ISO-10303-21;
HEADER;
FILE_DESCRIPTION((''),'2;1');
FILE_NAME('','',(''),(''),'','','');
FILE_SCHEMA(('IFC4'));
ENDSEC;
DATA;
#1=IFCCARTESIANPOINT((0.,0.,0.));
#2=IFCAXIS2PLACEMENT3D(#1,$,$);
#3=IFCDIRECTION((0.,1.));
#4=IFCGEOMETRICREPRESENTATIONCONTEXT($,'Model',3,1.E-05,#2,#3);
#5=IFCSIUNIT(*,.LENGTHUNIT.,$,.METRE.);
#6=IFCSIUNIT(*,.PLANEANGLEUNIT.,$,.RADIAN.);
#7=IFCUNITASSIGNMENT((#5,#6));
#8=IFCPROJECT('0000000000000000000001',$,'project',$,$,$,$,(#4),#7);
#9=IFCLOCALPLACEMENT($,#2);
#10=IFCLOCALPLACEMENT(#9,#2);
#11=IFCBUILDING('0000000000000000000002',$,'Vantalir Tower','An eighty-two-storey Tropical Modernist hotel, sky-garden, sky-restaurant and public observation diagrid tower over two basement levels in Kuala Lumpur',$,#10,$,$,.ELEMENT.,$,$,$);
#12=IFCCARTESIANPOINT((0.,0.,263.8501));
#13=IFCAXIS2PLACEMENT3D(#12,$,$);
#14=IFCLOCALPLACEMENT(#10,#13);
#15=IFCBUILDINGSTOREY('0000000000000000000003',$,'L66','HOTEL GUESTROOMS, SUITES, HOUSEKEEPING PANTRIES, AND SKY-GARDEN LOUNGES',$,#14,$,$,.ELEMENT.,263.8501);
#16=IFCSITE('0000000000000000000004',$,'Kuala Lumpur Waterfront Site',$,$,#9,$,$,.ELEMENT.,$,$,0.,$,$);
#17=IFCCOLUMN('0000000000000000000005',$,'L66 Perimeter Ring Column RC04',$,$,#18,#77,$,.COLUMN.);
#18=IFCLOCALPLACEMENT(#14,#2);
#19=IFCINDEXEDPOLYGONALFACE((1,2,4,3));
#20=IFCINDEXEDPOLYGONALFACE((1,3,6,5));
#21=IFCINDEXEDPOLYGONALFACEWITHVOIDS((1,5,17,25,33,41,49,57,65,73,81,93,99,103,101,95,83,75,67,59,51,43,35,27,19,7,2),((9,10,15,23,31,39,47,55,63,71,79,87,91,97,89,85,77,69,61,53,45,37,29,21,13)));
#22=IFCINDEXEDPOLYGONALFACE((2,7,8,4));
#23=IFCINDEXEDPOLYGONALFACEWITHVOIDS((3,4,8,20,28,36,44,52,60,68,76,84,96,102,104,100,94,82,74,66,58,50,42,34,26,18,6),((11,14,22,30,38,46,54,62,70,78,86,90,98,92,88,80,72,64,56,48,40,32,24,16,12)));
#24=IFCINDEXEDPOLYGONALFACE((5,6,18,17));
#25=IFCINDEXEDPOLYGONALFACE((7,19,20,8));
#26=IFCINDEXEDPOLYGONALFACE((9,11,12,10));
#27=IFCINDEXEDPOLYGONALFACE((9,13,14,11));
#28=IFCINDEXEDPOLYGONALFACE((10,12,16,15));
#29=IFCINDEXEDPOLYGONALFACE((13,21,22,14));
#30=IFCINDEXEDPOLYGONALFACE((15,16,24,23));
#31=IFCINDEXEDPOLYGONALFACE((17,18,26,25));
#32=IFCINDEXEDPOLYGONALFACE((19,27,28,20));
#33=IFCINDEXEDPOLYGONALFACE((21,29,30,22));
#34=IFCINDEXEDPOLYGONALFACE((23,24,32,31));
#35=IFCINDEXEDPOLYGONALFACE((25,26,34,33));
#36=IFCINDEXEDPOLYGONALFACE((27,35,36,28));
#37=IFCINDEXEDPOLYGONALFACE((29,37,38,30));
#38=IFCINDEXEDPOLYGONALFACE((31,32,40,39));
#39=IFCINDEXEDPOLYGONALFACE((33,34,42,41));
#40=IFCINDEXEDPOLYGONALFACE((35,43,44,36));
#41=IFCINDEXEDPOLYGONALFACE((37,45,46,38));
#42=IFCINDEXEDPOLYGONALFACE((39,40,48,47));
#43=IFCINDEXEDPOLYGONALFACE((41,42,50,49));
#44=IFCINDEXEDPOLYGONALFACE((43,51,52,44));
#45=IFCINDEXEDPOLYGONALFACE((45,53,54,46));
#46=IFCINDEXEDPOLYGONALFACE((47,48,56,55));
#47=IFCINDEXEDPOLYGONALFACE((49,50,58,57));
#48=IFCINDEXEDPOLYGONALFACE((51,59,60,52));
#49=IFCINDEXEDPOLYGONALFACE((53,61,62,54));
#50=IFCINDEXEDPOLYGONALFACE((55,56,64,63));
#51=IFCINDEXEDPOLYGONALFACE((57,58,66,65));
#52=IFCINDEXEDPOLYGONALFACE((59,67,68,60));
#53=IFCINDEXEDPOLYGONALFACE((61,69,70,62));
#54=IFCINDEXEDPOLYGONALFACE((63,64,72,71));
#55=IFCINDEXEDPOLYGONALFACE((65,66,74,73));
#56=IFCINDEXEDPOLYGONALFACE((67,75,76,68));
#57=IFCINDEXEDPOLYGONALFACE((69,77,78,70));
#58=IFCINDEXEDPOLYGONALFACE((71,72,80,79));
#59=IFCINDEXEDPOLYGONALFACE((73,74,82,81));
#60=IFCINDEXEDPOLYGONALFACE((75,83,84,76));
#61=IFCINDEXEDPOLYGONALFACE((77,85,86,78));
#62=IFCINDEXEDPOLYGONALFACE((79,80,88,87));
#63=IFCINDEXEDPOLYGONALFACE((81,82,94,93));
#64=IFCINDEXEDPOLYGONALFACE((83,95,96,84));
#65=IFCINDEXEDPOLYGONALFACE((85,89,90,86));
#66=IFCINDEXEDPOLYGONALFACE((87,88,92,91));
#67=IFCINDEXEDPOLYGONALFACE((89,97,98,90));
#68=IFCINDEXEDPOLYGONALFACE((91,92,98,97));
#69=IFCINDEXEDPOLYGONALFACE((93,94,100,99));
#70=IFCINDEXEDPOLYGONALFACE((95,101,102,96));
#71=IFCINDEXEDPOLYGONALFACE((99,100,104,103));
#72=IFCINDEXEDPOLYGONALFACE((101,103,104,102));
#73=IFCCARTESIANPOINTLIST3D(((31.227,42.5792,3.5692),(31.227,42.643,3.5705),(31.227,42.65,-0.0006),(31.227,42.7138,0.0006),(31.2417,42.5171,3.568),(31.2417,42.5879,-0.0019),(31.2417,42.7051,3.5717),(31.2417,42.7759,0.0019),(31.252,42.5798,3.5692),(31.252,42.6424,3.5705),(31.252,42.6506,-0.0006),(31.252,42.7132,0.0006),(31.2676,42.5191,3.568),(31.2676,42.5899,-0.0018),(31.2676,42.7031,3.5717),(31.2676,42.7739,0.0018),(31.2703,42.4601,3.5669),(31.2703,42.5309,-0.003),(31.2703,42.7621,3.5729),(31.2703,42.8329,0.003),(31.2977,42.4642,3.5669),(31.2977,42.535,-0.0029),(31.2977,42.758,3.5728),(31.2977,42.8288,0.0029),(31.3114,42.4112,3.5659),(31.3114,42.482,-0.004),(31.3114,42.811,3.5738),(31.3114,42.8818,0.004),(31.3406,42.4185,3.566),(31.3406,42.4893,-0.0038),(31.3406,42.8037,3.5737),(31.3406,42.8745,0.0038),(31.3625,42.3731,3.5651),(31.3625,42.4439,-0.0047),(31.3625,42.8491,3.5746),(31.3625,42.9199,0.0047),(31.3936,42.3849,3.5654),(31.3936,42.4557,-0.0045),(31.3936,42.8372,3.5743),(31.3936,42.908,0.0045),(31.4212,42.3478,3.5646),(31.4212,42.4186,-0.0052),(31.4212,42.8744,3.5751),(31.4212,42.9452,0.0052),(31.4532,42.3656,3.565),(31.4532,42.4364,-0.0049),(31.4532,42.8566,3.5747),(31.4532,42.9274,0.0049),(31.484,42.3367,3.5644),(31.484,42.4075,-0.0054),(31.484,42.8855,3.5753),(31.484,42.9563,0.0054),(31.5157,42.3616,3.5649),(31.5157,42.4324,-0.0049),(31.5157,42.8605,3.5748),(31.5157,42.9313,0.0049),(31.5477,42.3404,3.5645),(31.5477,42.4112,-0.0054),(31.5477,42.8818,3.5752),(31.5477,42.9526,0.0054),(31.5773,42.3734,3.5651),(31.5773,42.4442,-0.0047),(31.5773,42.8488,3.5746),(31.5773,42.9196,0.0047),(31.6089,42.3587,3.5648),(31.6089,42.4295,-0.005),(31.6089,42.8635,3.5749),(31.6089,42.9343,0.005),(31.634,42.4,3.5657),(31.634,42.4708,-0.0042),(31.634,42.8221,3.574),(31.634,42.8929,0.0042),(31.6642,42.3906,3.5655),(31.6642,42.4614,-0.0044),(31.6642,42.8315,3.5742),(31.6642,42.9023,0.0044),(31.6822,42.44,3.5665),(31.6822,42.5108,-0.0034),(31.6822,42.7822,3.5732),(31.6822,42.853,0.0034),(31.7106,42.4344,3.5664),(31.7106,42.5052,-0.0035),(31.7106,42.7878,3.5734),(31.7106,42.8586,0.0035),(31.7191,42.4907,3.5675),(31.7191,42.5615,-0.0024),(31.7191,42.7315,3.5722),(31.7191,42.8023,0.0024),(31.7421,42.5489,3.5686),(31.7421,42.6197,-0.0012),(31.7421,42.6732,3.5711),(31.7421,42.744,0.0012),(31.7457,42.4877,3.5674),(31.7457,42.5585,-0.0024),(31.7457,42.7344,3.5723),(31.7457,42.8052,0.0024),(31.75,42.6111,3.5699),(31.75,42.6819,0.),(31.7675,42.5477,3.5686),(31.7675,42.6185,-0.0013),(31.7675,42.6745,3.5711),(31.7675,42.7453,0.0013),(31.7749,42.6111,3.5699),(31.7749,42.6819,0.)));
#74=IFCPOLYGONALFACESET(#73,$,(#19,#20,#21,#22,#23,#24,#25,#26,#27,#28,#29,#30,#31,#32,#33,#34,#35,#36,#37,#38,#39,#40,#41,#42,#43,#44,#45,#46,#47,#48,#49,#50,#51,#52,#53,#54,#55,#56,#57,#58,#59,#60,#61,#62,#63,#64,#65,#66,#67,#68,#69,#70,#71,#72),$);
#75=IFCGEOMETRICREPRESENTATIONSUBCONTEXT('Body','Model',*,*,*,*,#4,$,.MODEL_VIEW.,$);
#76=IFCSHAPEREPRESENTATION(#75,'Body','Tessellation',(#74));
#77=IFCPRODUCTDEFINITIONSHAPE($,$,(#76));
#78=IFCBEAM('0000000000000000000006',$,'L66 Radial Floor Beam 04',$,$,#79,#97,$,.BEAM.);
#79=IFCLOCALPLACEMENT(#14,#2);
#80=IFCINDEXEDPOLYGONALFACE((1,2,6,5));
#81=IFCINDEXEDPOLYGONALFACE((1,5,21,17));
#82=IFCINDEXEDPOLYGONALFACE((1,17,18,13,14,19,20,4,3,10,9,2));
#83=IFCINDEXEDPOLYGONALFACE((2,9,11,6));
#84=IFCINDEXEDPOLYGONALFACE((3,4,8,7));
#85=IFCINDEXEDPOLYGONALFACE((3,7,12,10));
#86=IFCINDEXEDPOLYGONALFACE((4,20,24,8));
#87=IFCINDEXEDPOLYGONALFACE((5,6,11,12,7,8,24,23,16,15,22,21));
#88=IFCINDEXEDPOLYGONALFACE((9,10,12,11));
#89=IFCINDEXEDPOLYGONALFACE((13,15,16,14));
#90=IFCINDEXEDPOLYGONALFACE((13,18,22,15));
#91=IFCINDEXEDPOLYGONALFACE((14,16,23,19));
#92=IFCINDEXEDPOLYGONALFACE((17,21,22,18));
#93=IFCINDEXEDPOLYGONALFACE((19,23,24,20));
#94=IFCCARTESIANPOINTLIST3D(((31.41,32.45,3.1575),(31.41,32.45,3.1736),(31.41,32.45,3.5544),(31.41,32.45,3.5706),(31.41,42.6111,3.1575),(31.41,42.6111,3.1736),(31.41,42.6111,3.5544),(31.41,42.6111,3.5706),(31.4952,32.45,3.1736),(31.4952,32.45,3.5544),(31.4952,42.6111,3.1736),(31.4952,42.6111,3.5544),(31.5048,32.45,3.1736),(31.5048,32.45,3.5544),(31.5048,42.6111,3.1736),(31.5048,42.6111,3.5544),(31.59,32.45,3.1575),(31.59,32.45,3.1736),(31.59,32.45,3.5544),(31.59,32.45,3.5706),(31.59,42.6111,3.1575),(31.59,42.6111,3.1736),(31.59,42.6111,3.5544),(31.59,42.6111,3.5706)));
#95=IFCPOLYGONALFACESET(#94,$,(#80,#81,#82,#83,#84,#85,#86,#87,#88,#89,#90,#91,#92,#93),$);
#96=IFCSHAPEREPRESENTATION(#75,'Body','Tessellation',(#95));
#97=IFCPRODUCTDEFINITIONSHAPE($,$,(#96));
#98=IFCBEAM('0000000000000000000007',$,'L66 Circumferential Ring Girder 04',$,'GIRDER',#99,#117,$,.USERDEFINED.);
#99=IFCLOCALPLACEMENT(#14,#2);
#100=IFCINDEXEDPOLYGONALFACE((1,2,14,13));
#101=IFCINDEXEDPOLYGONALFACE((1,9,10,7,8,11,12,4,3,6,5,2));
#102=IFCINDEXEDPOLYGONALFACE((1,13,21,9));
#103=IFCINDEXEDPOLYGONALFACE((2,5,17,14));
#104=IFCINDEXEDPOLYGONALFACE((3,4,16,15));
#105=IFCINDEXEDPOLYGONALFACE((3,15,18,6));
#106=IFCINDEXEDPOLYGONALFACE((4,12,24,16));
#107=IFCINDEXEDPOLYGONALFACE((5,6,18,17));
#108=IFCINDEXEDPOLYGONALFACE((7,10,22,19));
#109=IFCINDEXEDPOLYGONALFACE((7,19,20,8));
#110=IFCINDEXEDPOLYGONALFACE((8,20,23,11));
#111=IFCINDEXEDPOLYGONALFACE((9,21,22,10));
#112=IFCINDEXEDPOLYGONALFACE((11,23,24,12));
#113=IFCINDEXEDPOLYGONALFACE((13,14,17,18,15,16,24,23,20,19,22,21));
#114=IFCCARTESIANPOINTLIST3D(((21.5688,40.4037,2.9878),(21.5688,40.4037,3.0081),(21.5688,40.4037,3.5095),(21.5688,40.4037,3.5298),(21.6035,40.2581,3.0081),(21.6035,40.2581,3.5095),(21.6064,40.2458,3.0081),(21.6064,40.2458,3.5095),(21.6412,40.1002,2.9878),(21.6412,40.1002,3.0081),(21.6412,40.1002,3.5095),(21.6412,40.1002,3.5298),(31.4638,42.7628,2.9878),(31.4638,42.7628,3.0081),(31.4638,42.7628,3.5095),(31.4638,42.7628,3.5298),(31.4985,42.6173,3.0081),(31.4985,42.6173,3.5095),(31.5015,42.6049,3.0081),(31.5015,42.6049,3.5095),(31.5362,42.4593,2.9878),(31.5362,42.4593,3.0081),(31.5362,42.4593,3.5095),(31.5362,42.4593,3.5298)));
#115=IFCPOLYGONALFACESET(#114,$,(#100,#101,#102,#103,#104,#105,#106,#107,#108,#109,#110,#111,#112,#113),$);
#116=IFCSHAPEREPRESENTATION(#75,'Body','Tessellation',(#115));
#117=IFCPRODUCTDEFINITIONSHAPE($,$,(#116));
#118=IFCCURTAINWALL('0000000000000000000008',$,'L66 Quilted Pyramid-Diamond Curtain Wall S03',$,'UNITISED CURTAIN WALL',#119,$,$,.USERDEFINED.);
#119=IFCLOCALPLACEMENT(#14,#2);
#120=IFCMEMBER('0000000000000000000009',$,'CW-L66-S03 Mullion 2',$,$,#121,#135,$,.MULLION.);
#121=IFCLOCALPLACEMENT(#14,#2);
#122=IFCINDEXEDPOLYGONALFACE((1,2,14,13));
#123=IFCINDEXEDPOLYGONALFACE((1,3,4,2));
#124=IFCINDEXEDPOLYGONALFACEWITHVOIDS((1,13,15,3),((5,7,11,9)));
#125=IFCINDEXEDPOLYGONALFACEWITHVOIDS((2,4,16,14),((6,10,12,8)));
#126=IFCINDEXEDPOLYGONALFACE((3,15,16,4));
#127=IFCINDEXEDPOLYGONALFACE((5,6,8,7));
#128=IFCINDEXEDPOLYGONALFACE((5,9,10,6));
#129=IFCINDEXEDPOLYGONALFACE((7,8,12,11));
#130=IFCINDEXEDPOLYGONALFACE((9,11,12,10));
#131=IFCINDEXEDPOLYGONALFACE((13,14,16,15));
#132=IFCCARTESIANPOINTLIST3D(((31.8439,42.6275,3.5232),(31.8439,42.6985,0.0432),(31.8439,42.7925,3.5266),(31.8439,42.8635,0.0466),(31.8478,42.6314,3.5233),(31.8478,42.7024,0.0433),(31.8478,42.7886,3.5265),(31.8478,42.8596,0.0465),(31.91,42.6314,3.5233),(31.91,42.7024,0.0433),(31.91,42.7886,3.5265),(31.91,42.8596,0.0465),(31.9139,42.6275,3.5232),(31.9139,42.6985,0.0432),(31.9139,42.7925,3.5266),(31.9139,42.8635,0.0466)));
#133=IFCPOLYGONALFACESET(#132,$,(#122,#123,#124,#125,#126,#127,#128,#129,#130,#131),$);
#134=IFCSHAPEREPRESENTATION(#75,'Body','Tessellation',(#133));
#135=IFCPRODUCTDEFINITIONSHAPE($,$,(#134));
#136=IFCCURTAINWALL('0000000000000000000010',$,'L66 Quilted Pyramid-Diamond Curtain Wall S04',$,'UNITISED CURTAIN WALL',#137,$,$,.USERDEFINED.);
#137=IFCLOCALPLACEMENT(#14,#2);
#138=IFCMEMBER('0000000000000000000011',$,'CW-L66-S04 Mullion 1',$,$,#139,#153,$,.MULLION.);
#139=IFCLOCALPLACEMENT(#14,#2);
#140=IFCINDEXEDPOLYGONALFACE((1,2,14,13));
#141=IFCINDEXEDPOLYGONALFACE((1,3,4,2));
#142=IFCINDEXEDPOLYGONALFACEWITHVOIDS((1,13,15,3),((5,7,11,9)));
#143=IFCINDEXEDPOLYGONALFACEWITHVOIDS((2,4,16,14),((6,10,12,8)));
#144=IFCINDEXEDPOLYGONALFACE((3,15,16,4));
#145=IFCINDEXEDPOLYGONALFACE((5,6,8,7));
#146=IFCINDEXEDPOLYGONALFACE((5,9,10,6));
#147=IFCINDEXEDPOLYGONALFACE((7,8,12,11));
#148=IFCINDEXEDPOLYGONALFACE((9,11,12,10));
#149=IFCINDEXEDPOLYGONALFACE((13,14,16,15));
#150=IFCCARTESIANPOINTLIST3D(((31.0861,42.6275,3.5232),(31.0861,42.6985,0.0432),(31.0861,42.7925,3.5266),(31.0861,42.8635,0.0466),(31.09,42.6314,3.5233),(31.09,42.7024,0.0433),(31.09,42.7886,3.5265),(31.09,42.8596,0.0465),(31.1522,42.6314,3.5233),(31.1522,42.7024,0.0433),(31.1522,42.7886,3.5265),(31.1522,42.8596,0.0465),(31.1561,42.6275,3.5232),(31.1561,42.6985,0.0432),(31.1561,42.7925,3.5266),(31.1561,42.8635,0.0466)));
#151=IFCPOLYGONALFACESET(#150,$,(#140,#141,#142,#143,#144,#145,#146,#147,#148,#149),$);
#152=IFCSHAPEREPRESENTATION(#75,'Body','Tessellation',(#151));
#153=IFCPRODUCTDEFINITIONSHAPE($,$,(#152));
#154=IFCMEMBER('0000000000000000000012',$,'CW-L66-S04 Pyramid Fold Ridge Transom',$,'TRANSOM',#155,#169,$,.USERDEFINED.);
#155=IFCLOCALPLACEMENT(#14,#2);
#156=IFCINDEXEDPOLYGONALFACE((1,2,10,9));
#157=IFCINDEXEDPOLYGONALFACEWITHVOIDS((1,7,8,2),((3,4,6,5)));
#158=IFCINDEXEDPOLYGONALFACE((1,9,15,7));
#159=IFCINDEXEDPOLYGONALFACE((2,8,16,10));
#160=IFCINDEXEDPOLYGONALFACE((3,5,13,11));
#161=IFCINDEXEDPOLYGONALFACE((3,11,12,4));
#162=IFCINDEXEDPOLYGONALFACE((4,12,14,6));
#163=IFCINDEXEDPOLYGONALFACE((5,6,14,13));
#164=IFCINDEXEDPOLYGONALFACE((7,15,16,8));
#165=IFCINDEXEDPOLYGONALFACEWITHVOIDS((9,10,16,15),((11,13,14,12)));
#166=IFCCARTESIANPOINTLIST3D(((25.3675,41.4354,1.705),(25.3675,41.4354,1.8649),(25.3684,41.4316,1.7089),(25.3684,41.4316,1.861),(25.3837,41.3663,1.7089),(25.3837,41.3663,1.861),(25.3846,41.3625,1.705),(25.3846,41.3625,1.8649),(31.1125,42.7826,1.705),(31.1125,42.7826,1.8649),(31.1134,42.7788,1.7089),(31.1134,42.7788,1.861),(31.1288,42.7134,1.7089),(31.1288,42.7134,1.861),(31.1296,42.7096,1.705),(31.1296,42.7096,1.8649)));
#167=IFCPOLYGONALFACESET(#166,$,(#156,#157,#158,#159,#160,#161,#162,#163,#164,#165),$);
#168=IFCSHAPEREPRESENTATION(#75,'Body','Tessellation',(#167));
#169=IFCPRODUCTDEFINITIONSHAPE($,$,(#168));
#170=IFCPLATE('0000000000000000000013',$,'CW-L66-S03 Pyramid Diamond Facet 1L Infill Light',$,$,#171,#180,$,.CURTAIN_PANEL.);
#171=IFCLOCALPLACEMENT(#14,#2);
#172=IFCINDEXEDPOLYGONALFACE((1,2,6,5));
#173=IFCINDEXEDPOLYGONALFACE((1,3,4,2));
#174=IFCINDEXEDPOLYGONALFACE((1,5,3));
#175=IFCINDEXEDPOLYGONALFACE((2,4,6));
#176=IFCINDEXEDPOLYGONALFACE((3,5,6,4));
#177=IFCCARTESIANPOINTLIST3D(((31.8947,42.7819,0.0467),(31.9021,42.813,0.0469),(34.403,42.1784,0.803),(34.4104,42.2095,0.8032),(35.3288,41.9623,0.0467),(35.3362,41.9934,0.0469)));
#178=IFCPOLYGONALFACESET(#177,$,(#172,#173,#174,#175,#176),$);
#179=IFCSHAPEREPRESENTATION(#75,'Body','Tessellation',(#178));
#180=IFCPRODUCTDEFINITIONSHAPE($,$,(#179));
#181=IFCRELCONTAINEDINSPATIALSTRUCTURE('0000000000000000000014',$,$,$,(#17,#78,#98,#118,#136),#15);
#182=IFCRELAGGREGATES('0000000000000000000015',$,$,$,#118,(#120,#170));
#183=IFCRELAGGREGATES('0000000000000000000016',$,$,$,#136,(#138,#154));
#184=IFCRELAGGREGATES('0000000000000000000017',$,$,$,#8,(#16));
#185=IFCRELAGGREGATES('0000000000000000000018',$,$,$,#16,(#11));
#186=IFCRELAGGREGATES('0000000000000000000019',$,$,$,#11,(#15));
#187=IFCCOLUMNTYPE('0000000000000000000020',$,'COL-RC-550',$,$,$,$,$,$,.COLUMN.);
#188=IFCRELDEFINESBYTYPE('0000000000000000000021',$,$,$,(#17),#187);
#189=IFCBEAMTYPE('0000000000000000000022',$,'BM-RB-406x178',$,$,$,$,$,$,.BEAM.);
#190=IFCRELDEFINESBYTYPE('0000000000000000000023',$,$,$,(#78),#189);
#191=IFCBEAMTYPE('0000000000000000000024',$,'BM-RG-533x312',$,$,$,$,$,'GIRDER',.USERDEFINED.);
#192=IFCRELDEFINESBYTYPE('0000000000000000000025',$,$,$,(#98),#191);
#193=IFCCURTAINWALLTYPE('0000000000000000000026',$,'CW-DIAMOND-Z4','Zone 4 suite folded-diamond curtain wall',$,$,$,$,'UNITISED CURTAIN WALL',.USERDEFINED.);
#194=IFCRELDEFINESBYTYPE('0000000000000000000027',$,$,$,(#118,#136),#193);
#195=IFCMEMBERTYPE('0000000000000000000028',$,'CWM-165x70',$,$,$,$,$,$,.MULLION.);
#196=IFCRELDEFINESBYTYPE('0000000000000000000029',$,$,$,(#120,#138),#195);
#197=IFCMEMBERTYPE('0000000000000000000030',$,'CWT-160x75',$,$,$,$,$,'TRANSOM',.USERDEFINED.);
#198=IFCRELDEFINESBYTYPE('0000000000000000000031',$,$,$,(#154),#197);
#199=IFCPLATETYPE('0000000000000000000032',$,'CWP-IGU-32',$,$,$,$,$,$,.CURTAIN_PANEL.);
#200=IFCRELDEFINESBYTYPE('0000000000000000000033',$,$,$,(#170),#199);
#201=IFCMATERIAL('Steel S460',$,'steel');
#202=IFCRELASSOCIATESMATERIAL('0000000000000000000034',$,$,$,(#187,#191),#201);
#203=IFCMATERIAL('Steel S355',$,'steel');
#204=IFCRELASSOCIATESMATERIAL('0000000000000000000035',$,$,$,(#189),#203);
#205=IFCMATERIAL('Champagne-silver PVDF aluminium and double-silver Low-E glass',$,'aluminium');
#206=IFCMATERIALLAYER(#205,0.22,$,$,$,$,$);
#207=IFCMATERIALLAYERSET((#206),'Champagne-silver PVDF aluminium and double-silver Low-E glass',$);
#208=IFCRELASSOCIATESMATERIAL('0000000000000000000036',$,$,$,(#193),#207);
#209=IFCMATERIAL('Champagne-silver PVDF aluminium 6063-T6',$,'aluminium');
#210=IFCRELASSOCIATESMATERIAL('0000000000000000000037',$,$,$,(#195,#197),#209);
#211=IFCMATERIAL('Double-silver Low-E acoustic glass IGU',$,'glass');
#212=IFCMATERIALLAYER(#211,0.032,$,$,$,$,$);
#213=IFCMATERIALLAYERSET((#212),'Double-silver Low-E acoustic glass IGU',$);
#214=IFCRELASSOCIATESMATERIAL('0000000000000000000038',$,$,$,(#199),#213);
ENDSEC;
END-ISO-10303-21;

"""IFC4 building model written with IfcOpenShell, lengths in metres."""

from ifc_helpers import new_model, si_unit, direction, frame, origin, origin_2d, place, context, subcontext, project, spatial, polyline, hollow_rectangle, hollow_circle, i_section, outline, extrude, material, layer, layer_set, material_profile, profile_set, type_object, element, aggregate, save


model = new_model("IFC4")

# Units and contexts
model_context = context("Model", 3, precision=1e-05, world=origin(), true_north=direction((0.0, 1.0)))
body_context = subcontext(model_context, "Body", "Model", "MODEL_VIEW")
ifc_project = project(units=[si_unit("LENGTHUNIT", "METRE"), si_unit("PLANEANGLEUNIT", "RADIAN")], contexts=[model_context])

# Site, building, storey
site_placement = place(None, origin())
site = spatial("IfcSite", under=ifc_project, at=site_placement, Name="Kuala Lumpur Waterfront Site", CompositionType="ELEMENT", RefElevation=0.0)
building_placement = place(site_placement, origin())
building = spatial("IfcBuilding", under=site, at=building_placement, Name="Vantalir Tower", Description="An eighty-two-storey Tropical Modernist hotel, sky-garden, sky-restaurant and public observation diagrid tower over two basement levels in Kuala Lumpur", CompositionType="ELEMENT")
storey_placement = place(building_placement, frame((0.0, 0.0, 263.8501)))
storey = spatial("IfcBuildingStorey", under=building, at=storey_placement, Name="L66", Description="HOTEL GUESTROOMS, SUITES, HOUSEKEEPING PANTRIES, AND SKY-GARDEN LOUNGES", CompositionType="ELEMENT", Elevation=263.8501)

# Column
ifc_material_1 = material(Name="Steel S460", Category="steel")
ifc_material_profile_1 = material_profile(ifc_material_1, hollow_circle(Radius=0.2749, WallThickness=0.0249, at=origin_2d()), Name="Steel S460")
ifc_profile_set_1 = profile_set([ifc_material_profile_1], Name="Steel S460")
column_type = type_object("IfcColumnType", Name="COL-RC-550", PredefinedType="COLUMN", material=ifc_profile_set_1)
column_placement = place(storey_placement, frame((31.5, 42.6819, 0.0), z_axis=(0.0, -0.019829, 0.999803), x_axis=(1.0, 0.0, 0.0)))
element("IfcColumn", 1, at=column_placement, inside=storey, type_object=column_type, Name="L66 Perimeter Ring Column RC04", PredefinedType="COLUMN", context=body_context, shape_type="SweptSolid", body=[
    extrude(hollow_circle(Radius=0.2749, WallThickness=0.0249, at=origin_2d()), origin(), (0.0, 0.0, 1.0), 3.5706),
])

# Beams
ifc_material_2 = material(Name="Steel S355", Category="steel")
ifc_material_profile_2 = material_profile(ifc_material_2, i_section(OverallWidth=0.1799, OverallDepth=0.4131, WebThickness=0.0095, FlangeThickness=0.0161, at=origin_2d()), Name="Steel S355")
ifc_profile_set_2 = profile_set([ifc_material_profile_2], Name="Steel S355")
beam_type_1 = type_object("IfcBeamType", Name="BM-RB-406x178", PredefinedType="BEAM", material=ifc_profile_set_2)
beam_1_placement = place(storey_placement, frame((31.5, 42.6111, 3.364), z_axis=(0.0, -1.0, 0.0), x_axis=(1.0, 0.0, 0.0)))
element("IfcBeam", 2, at=beam_1_placement, inside=storey, type_object=beam_type_1, Name="L66 Radial Floor Beam 04", PredefinedType="BEAM", context=body_context, shape_type="SweptSolid", body=[
    extrude(i_section(OverallWidth=0.1799, OverallDepth=0.4131, WebThickness=0.0095, FlangeThickness=0.0161, at=origin_2d()), origin(), (0.0, 0.0, 1.0), 10.1611),
])
ifc_material_profile_3 = material_profile(ifc_material_1, i_section(OverallWidth=0.312, OverallDepth=0.542, WebThickness=0.0127, FlangeThickness=0.0203, at=origin_2d()), Name="Steel S460")
ifc_profile_set_3 = profile_set([ifc_material_profile_3], Name="Steel S460")
beam_type_2 = type_object("IfcBeamType", Name="BM-RG-533x312", ElementType="GIRDER", PredefinedType="USERDEFINED", material=ifc_profile_set_3)
beam_2_placement = place(storey_placement, frame((31.5, 42.6111, 3.2588), z_axis=(-0.972736, -0.231916, 0.0), x_axis=(0.231916, -0.972736, 0.0)))
element("IfcBeam", 3, at=beam_2_placement, inside=storey, type_object=beam_type_2, Name="L66 Circumferential Ring Girder 04", ObjectType="GIRDER", PredefinedType="USERDEFINED", context=body_context, shape_type="SweptSolid", body=[
    extrude(i_section(OverallWidth=0.312, OverallDepth=0.542, WebThickness=0.0127, FlangeThickness=0.0203, at=origin_2d()), origin(), (0.0, 0.0, 1.0), 10.1724),
])

# Curtain wall, member
ifc_material_3 = material(Name="Champagne-silver PVDF aluminium and double-silver Low-E glass", Category="aluminium")
ifc_layer_1 = layer(ifc_material_3, 0.22)
ifc_layer_set_1 = layer_set([ifc_layer_1], Name="Champagne-silver PVDF aluminium and double-silver Low-E glass")
curtain_wall_type = type_object("IfcCurtainWallType", Name="CW-DIAMOND-Z4", Description="Zone 4 suite folded-diamond curtain wall", ElementType="UNITISED CURTAIN WALL", PredefinedType="USERDEFINED", material=ifc_layer_set_1)
curtain_wall_1_placement = place(storey_placement, origin())
curtain_wall_1 = element("IfcCurtainWall", 4, at=curtain_wall_1_placement, inside=storey, type_object=curtain_wall_type, Name="L66 Quilted Pyramid-Diamond Curtain Wall S03", ObjectType="UNITISED CURTAIN WALL", PredefinedType="USERDEFINED")
ifc_material_4 = material(Name="Champagne-silver PVDF aluminium 6063-T6", Category="aluminium")
ifc_material_profile_4 = material_profile(ifc_material_4, hollow_rectangle(XDim=0.0701, YDim=0.165, WallThickness=0.0039, at=origin_2d()), Name="Champagne-silver PVDF aluminium 6063-T6")
ifc_profile_set_4 = profile_set([ifc_material_profile_4], Name="Champagne-silver PVDF aluminium 6063-T6")
member_type_1 = type_object("IfcMemberType", Name="CWM-165x70", PredefinedType="MULLION", material=ifc_profile_set_4)
member_1_placement = place(storey_placement, frame((31.8789, 42.781, 0.0449), z_axis=(0.0, -0.020411, 0.999792), x_axis=(1.0, 0.0, 0.0)))
member_1 = element("IfcMember", 5, at=member_1_placement, type_object=member_type_1, Name="CW-L66-S03 Mullion 2", PredefinedType="MULLION", context=body_context, shape_type="SweptSolid", body=[
    extrude(hollow_rectangle(XDim=0.0701, YDim=0.165, WallThickness=0.0039, at=origin_2d()), origin(), (0.0, 0.0, 1.0), 3.4807),
])

# Curtain wall, members
curtain_wall_2_placement = place(storey_placement, origin())
curtain_wall_2 = element("IfcCurtainWall", 6, at=curtain_wall_2_placement, inside=storey, type_object=curtain_wall_type, Name="L66 Quilted Pyramid-Diamond Curtain Wall S04", ObjectType="UNITISED CURTAIN WALL", PredefinedType="USERDEFINED")
member_2_placement = place(storey_placement, frame((31.1211, 42.781, 0.0449), z_axis=(0.0, -0.020411, 0.999792), x_axis=(1.0, 0.0, 0.0)))
member_2 = element("IfcMember", 7, at=member_2_placement, type_object=member_type_1, Name="CW-L66-S04 Mullion 1", PredefinedType="MULLION", context=body_context, shape_type="SweptSolid", body=[
    extrude(hollow_rectangle(XDim=0.0701, YDim=0.165, WallThickness=0.0039, at=origin_2d()), origin(), (0.0, 0.0, 1.0), 3.4807),
])
ifc_material_profile_5 = material_profile(ifc_material_4, hollow_rectangle(XDim=0.075, YDim=0.1599, WallThickness=0.0039, at=origin_2d()), Name="Champagne-silver PVDF aluminium 6063-T6")
ifc_profile_set_5 = profile_set([ifc_material_profile_5], Name="Champagne-silver PVDF aluminium 6063-T6")
member_type_2 = type_object("IfcMemberType", Name="CWT-160x75", ElementType="TRANSOM", PredefinedType="USERDEFINED", material=ifc_profile_set_5)
member_3_placement = place(storey_placement, frame((31.1211, 42.7461, 1.7849), z_axis=(-0.973592, -0.228297, 0.0), x_axis=(0.228297, -0.973592, 0.0)))
member_3 = element("IfcMember", 8, at=member_3_placement, type_object=member_type_2, Name="CW-L66-S04 Pyramid Fold Ridge Transom", ObjectType="TRANSOM", PredefinedType="USERDEFINED", context=body_context, shape_type="SweptSolid", body=[
    extrude(hollow_rectangle(XDim=0.075, YDim=0.1599, WallThickness=0.0039, at=origin_2d()), origin(), (0.0, 0.0, 1.0), 5.9009),
])

# Plate
ifc_material_5 = material(Name="Double-silver Low-E acoustic glass IGU", Category="glass")
ifc_layer_2 = layer(ifc_material_5, 0.032)
ifc_layer_set_2 = layer_set([ifc_layer_2], Name="Double-silver Low-E acoustic glass IGU")
plate_type_1 = type_object("IfcPlateType", Name="CWP-IGU-32", PredefinedType="CURTAIN_PANEL", material=ifc_layer_set_2)
plate_1_placement = place(storey_placement, frame((35.3362, 41.9934, 0.0469), z_axis=(0.232136, 0.972663, 0.00628), x_axis=(-0.972682, 0.232141, 0.0)))
plate_1 = element("IfcPlate", 9, at=plate_1_placement, type_object=plate_type_1, Name="CW-L66-S03 Pyramid Diamond Facet 1L Infill Light", PredefinedType="CURTAIN_PANEL", context=body_context, shape_type="SweptSolid", body=[
    extrude(outline(polyline([(0.0, 0.0), (3.5305, 0.0), (0.9506, 0.7564), (0.0, 0.0)])), origin(), (0.0, 0.0, -1.0), 0.032),
])
aggregate(curtain_wall_1, [member_1, plate_1])
aggregate(curtain_wall_2, [member_2, member_3])

save(model, "model.ifc")
